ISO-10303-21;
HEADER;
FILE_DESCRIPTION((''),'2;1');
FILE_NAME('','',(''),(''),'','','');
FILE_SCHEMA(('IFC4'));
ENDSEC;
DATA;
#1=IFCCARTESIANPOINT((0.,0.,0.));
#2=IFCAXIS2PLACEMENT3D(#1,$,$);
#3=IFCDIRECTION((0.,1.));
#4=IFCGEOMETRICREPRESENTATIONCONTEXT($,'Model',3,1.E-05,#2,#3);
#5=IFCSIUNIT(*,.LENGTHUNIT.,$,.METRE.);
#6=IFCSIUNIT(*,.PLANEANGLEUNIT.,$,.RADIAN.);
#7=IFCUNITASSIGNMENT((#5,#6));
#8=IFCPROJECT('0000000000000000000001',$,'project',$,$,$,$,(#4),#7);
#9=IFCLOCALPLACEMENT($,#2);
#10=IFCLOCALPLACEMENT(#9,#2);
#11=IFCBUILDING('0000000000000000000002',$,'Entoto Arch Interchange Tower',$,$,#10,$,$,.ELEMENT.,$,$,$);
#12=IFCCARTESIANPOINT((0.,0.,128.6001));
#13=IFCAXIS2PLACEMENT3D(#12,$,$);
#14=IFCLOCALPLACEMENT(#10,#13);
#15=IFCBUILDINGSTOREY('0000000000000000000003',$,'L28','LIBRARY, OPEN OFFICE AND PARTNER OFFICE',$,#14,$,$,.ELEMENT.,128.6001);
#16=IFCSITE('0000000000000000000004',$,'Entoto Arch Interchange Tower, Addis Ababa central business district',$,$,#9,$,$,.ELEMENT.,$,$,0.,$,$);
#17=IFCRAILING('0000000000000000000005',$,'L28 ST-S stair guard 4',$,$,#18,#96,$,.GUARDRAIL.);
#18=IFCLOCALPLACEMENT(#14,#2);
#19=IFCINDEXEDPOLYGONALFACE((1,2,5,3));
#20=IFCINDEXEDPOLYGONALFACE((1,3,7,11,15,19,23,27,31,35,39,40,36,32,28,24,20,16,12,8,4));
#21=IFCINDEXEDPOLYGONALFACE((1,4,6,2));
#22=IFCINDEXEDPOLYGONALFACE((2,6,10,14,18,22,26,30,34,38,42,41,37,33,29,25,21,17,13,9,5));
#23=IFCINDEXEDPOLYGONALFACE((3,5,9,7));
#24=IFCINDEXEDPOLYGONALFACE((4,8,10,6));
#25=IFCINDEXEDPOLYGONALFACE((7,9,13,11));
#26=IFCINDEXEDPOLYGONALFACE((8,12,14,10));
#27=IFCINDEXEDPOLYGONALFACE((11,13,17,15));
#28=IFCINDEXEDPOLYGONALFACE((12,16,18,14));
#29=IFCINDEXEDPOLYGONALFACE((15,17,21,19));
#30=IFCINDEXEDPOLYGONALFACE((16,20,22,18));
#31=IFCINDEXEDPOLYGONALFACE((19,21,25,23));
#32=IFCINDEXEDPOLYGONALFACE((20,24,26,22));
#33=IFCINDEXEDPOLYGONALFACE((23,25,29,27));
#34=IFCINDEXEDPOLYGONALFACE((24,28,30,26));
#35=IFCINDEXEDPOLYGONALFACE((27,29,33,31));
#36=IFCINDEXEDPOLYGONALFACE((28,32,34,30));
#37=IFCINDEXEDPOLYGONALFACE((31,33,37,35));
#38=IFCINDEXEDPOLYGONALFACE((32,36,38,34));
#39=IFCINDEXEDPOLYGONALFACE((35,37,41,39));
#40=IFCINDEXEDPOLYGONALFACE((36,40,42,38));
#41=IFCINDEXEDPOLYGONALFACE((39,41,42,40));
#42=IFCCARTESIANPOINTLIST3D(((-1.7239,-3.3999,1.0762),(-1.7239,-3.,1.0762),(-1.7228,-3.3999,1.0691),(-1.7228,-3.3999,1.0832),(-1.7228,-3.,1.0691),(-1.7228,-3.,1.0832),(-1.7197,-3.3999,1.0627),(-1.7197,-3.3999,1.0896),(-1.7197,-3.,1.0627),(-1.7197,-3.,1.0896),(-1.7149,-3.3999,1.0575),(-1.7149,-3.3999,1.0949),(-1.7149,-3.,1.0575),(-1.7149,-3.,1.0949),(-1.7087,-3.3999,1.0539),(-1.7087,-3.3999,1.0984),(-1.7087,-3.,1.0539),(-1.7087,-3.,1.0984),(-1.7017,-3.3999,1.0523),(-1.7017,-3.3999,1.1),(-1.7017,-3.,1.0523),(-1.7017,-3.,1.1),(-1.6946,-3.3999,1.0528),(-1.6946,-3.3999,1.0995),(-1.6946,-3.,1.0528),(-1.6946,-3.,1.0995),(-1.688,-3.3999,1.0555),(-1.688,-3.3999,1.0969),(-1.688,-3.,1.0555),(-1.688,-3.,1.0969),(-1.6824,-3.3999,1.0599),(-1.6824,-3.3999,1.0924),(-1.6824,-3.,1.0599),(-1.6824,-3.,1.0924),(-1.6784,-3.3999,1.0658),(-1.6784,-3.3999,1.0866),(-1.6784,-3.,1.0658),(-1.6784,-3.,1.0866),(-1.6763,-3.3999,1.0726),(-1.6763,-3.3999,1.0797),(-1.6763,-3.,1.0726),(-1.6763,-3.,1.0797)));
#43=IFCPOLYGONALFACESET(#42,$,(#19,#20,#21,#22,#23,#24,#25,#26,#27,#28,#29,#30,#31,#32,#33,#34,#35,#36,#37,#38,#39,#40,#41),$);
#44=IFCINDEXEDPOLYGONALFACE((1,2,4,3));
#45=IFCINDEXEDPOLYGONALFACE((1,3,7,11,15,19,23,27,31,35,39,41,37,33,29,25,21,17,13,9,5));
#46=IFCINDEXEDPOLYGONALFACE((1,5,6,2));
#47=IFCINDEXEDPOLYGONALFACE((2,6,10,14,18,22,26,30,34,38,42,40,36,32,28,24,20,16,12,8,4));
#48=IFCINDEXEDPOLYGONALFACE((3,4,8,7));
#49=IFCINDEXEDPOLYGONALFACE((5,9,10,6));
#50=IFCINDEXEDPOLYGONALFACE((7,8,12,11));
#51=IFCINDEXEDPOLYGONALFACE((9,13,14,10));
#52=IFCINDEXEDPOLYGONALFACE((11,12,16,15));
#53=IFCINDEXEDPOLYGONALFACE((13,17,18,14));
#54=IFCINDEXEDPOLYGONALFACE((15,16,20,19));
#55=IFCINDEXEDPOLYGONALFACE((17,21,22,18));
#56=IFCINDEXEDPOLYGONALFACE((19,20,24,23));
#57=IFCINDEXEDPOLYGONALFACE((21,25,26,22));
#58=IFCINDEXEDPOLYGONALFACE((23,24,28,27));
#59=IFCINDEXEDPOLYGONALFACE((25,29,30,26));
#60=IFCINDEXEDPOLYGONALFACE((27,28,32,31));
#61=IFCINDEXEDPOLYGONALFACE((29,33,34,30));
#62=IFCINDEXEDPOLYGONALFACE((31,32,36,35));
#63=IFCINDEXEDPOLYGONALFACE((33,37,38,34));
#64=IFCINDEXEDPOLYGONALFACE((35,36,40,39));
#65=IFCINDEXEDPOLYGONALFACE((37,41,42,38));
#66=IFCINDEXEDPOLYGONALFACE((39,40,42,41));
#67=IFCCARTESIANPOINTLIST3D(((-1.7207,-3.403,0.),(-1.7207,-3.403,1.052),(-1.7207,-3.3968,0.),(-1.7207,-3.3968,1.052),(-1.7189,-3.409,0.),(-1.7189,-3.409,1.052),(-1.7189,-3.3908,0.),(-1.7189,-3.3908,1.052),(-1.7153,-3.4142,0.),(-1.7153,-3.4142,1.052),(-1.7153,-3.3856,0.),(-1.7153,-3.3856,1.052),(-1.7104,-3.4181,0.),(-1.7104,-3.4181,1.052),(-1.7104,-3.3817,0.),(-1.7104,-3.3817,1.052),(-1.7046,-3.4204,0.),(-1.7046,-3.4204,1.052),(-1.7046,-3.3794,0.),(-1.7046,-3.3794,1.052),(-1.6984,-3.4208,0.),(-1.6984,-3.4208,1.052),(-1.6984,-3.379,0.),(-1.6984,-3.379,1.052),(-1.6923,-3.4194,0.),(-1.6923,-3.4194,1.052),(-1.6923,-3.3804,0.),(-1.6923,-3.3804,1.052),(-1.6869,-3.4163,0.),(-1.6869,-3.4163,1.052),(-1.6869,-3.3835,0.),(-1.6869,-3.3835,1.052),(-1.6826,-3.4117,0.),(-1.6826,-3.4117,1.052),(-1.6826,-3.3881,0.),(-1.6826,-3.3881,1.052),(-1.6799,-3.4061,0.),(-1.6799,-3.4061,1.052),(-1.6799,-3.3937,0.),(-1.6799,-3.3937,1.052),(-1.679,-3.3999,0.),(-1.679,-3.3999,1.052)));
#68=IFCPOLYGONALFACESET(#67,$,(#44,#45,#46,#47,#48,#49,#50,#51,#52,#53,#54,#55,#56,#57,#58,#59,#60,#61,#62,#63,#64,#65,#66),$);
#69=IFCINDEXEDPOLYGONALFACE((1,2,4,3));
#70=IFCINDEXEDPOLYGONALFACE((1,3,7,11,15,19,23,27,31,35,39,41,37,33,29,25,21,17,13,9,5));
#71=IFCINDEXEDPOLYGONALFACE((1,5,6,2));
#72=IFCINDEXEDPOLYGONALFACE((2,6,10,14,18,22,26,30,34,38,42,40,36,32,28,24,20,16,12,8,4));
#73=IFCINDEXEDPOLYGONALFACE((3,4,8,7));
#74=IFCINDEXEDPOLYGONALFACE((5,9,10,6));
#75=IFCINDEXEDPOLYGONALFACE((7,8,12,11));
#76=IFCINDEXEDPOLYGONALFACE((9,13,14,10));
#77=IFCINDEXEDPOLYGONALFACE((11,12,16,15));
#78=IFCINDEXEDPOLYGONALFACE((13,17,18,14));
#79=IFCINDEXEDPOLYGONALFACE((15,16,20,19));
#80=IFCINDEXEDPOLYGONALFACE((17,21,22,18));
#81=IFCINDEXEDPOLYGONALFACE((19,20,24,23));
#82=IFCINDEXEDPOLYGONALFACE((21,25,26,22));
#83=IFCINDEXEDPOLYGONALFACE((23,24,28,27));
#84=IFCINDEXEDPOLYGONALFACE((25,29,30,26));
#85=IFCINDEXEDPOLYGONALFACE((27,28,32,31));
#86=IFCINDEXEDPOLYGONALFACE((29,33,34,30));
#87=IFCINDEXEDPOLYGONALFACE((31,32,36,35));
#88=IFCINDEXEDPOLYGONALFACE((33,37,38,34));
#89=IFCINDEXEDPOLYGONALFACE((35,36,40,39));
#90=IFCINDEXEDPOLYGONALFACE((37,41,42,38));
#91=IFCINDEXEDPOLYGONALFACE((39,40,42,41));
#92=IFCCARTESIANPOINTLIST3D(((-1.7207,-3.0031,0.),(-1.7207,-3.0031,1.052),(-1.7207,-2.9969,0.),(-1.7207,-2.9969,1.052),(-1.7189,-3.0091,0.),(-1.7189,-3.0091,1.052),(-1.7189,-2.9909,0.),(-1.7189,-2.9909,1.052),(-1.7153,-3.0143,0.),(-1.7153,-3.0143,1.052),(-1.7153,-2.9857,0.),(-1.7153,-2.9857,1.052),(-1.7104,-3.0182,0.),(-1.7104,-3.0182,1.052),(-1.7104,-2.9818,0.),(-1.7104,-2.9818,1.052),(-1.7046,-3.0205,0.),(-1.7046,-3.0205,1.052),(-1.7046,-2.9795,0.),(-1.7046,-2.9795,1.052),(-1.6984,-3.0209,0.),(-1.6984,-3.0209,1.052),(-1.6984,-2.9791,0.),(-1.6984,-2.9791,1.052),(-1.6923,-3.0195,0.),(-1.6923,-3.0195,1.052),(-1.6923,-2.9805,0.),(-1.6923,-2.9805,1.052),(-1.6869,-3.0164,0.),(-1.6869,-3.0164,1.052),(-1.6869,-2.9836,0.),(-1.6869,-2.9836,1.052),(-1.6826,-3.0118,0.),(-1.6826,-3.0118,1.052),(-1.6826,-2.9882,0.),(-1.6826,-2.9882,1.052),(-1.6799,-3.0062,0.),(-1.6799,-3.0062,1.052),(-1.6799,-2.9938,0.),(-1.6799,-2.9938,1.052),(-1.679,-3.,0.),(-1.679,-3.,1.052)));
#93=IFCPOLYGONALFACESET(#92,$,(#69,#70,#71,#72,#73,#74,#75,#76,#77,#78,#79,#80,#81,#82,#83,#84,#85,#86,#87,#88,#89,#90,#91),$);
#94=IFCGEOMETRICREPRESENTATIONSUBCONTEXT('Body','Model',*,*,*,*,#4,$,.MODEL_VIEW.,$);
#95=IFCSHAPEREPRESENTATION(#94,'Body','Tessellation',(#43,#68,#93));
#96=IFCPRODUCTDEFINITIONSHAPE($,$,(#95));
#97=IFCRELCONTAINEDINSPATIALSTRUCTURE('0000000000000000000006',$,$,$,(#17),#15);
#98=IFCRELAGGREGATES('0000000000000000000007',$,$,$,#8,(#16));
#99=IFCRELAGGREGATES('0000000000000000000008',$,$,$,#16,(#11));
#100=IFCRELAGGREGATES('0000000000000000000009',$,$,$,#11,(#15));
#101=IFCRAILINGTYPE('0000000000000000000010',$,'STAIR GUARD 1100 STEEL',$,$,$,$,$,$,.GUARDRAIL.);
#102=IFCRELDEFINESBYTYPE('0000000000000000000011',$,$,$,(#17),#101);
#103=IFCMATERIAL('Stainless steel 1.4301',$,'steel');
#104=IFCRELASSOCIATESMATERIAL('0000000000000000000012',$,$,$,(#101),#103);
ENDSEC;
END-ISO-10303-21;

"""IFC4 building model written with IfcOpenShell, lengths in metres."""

from ifc_helpers import new_model, si_unit, direction, frame, origin, origin_2d, place, context, subcontext, project, spatial, circle, extrude, material, type_object, element, save


model = new_model("IFC4")

# Units and contexts
model_context = context("Model", 3, precision=1e-05, world=origin(), true_north=direction((0.0, 1.0)))
body_context = subcontext(model_context, "Body", "Model", "MODEL_VIEW")
ifc_project = project(units=[si_unit("LENGTHUNIT", "METRE"), si_unit("PLANEANGLEUNIT", "RADIAN")], contexts=[model_context])

# Site, building, storey
site_placement = place(None, origin())
site = spatial("IfcSite", under=ifc_project, at=site_placement, Name="Entoto Arch Interchange Tower, Addis Ababa central business district", CompositionType="ELEMENT", RefElevation=0.0)
building_placement = place(site_placement, origin())
building = spatial("IfcBuilding", under=site, at=building_placement, Name="Entoto Arch Interchange Tower", CompositionType="ELEMENT")
storey_placement = place(building_placement, frame((0.0, 0.0, 128.6001)))
storey = spatial("IfcBuildingStorey", under=building, at=storey_placement, Name="L28", Description="LIBRARY, OPEN OFFICE AND PARTNER OFFICE", CompositionType="ELEMENT", Elevation=128.6001)

# Railing
ifc_material_1 = material(Name="Stainless steel 1.4301", Category="steel")
railing_type_1 = type_object("IfcRailingType", Name="STAIR GUARD 1100 STEEL", PredefinedType="GUARDRAIL", material=ifc_material_1)
railing_1_placement = place(storey_placement, frame((-1.7, -3.3999, 0.0)))
element("IfcRailing", 1, at=railing_1_placement, inside=storey, type_object=railing_type_1, Name="L28 ST-S stair guard 4", PredefinedType="GUARDRAIL", context=body_context, shape_type="SweptSolid", body=[
    extrude(circle(Radius=0.0239, at=origin_2d()), frame((0.0, 0.0, 1.0762), z_axis=(0.0, 1.0, 0.0), x_axis=(-1.0, 0.0, 0.0)), (0.0, 0.0, 1.0), 0.3999),
    extrude(circle(Radius=0.021, at=origin_2d()), origin(), (0.0, 0.0, 1.0), 1.052),
    extrude(circle(Radius=0.021, at=origin_2d()), frame((0.0, 0.3999, 0.0)), (0.0, 0.0, 1.0), 1.052),
])

save(model, "model.ifc")
